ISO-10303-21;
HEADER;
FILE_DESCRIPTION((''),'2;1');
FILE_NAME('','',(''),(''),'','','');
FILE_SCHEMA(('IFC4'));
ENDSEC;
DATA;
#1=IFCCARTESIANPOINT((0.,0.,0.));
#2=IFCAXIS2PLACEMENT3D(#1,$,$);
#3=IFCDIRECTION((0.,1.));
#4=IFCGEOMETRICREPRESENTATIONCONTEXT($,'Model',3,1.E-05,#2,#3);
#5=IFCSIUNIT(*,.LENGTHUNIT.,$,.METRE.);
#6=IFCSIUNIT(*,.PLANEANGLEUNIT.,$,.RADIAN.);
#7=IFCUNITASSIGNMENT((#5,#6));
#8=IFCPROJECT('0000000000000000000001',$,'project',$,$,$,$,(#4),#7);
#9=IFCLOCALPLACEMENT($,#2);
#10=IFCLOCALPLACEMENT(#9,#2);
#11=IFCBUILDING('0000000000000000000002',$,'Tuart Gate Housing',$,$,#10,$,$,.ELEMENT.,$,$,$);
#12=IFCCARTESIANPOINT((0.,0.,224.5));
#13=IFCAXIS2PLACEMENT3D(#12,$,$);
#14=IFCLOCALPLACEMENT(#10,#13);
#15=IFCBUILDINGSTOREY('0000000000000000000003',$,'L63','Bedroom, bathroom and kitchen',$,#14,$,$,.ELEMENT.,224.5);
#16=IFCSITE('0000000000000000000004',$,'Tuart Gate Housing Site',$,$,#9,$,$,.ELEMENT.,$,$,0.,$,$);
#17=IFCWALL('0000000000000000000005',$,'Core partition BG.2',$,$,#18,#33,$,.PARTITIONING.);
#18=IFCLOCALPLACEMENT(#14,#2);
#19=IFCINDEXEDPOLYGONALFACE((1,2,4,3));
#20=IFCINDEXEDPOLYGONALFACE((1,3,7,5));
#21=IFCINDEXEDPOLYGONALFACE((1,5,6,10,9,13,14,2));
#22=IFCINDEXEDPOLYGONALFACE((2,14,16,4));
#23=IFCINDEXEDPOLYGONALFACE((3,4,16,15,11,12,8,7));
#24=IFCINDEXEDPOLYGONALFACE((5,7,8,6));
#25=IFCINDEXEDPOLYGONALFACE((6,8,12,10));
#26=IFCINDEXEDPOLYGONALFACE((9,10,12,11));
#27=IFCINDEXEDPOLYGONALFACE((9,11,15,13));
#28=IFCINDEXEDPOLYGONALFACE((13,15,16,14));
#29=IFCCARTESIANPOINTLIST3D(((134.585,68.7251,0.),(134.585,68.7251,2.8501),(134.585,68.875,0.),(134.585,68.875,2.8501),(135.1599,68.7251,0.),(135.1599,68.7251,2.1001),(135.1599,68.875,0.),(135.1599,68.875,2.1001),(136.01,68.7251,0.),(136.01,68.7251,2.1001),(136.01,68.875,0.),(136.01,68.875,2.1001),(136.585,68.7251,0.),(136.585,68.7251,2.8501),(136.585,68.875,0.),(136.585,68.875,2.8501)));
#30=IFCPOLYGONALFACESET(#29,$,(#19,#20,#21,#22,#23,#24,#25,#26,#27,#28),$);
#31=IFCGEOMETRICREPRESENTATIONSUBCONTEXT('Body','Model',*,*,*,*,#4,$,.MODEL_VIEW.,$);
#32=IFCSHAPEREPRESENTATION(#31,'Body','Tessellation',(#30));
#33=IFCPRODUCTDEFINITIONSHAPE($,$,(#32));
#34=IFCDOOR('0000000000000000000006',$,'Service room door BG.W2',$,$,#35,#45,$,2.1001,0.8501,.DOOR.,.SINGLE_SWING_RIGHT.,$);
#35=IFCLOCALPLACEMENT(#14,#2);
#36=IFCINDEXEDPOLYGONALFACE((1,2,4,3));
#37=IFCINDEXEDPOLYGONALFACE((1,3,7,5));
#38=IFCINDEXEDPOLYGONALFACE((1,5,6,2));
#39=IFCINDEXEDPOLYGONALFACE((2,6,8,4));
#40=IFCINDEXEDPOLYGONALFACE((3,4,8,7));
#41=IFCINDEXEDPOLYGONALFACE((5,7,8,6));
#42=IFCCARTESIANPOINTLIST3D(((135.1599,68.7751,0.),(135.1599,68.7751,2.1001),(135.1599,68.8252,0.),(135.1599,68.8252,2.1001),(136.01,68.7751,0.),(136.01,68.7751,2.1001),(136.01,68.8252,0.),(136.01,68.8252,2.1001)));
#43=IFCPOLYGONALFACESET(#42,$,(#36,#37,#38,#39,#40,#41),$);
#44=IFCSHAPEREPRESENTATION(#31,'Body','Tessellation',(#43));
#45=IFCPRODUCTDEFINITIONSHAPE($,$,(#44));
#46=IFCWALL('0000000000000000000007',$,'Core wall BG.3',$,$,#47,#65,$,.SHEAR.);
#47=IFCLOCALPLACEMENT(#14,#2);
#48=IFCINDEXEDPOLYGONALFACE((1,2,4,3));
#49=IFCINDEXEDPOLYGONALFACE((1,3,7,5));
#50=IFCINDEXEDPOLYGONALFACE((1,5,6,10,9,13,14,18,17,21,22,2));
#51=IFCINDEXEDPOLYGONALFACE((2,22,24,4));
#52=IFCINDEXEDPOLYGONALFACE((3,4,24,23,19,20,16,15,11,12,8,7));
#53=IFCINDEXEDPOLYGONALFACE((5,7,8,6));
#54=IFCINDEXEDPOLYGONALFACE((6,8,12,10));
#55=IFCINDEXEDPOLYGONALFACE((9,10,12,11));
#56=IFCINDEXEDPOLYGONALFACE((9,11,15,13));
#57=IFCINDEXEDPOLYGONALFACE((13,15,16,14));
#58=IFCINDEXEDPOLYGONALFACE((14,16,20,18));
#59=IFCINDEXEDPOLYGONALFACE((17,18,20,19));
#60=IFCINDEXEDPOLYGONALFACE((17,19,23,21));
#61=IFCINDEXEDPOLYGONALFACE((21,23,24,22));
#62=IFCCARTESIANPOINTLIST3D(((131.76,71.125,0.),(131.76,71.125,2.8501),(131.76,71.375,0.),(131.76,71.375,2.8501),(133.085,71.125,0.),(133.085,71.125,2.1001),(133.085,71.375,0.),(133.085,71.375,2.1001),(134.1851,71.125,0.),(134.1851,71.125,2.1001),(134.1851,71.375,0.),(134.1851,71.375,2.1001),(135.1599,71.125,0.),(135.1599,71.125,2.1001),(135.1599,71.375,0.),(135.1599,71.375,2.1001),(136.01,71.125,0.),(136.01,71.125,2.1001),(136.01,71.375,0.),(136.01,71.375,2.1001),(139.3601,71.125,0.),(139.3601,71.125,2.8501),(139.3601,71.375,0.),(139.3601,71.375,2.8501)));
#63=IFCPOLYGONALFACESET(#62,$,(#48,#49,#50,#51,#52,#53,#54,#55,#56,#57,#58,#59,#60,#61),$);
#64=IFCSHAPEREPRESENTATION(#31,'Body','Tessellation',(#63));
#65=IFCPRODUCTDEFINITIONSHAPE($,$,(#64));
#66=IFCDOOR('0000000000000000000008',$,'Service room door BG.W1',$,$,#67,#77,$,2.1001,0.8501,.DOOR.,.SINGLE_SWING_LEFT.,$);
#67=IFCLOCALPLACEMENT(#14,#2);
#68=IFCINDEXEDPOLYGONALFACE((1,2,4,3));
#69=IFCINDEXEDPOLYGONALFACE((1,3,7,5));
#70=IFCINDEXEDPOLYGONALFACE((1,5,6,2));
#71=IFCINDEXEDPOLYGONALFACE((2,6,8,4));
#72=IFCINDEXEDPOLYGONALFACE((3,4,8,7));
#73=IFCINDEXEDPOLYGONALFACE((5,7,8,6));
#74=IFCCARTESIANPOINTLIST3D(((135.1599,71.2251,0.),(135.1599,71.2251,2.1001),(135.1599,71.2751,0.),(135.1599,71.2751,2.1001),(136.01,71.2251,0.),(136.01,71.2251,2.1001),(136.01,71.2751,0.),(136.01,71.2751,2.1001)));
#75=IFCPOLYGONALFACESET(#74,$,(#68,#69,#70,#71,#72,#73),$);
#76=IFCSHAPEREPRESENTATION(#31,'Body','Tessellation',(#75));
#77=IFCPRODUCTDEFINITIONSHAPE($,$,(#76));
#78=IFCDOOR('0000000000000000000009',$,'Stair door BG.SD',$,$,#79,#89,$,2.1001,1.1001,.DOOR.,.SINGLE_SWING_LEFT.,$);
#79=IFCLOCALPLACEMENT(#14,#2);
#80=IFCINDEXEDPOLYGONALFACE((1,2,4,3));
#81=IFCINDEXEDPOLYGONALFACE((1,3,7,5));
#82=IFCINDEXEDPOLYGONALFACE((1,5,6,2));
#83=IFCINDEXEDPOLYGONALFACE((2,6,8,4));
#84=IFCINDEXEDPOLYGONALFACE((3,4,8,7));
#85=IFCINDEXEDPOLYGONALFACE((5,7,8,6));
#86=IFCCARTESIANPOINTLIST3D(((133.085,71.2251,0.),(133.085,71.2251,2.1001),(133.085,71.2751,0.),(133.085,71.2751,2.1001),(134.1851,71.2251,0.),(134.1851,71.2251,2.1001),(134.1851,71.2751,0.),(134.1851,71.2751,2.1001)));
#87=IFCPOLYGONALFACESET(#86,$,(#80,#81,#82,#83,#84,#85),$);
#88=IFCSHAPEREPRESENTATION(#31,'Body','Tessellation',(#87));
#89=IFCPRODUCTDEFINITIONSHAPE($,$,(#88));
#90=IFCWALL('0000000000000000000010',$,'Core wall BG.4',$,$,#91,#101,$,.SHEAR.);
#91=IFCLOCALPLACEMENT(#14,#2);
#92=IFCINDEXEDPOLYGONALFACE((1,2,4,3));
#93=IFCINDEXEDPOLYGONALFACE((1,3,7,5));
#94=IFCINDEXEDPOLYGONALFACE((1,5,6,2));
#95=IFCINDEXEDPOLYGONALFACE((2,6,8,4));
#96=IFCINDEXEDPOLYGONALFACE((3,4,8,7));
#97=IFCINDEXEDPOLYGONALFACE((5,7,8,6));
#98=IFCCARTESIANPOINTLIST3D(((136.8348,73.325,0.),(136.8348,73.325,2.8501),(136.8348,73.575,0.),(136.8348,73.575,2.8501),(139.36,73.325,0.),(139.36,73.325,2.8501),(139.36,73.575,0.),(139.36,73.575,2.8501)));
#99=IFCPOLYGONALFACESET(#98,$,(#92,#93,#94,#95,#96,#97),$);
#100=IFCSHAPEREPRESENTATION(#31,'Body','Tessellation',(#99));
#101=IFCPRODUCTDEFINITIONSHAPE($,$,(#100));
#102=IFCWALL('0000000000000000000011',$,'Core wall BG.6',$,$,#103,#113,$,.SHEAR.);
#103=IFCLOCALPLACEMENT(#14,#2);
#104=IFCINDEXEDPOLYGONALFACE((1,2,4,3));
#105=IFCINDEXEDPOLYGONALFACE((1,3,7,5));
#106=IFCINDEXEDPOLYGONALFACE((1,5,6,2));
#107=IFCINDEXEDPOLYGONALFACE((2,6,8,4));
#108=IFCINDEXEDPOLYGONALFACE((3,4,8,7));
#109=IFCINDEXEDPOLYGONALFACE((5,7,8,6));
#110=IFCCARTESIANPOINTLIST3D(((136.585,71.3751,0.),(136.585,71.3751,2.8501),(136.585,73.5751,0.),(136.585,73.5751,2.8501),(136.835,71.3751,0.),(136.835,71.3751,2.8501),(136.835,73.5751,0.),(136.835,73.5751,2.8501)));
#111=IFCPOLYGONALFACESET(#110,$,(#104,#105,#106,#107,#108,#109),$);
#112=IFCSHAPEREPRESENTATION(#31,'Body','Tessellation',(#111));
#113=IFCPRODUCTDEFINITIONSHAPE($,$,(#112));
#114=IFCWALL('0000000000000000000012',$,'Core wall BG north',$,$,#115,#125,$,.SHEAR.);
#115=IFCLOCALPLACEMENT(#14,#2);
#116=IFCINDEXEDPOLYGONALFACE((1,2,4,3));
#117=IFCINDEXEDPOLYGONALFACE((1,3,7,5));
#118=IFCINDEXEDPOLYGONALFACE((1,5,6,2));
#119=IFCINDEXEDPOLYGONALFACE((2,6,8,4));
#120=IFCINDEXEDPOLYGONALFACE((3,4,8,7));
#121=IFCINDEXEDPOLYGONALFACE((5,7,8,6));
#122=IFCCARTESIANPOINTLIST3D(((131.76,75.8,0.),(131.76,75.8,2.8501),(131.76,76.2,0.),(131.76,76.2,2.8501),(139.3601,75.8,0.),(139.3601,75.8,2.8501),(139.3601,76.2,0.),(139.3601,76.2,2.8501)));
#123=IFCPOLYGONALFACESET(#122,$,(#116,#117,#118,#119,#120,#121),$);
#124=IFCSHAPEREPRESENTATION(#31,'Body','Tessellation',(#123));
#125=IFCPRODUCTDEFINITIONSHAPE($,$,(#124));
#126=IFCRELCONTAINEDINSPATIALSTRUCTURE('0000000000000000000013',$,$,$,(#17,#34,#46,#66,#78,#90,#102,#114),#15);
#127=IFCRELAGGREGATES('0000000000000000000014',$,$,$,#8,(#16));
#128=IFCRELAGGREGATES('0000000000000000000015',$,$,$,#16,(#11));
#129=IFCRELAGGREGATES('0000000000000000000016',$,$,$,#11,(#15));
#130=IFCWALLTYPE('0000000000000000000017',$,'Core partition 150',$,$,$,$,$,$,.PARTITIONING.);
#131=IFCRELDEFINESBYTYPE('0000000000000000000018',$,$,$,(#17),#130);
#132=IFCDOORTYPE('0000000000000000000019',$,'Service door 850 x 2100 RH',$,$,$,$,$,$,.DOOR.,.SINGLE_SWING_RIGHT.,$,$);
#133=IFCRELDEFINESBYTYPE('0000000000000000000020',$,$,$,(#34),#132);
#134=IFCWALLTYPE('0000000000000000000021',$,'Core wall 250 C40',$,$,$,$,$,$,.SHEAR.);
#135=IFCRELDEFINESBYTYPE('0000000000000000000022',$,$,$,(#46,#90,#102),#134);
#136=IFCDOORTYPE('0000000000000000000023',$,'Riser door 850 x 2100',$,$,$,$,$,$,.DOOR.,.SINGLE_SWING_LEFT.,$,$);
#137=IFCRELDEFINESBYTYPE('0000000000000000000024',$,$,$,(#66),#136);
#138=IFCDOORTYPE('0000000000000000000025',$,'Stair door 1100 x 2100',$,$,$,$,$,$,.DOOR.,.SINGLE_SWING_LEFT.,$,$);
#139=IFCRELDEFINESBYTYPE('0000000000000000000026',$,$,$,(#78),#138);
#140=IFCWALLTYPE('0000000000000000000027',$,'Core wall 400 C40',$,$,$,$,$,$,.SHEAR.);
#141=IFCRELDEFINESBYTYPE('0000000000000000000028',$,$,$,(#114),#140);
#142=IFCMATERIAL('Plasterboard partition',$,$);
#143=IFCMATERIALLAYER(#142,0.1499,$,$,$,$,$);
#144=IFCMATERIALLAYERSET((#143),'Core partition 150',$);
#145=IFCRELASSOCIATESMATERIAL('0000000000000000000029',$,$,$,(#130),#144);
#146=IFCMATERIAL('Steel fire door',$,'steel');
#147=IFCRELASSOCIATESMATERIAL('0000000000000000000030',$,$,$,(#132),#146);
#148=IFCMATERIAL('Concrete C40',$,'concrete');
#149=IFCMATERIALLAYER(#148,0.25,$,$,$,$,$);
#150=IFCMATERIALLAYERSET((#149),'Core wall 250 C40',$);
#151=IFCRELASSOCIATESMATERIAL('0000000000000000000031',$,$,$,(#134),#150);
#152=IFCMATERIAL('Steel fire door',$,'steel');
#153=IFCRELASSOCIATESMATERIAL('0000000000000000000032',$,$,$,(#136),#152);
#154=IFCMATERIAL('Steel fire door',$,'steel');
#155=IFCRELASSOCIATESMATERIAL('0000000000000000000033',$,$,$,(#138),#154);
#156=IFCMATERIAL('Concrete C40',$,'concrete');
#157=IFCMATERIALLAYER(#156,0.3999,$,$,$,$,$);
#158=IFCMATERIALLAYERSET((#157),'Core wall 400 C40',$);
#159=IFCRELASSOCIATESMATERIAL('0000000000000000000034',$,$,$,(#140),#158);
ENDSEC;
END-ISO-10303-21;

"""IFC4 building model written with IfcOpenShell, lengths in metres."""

from ifc_helpers import new_model, si_unit, direction, frame, frame_2d, origin, place, context, subcontext, project, spatial, rectangle, extrude, material, layer, layer_set, type_object, element, fill, save


model = new_model("IFC4")

# Units and contexts
model_context = context("Model", 3, precision=1e-05, world=origin(), true_north=direction((0.0, 1.0)))
body_context = subcontext(model_context, "Body", "Model", "MODEL_VIEW")
ifc_project = project(units=[si_unit("LENGTHUNIT", "METRE"), si_unit("PLANEANGLEUNIT", "RADIAN")], contexts=[model_context])

# Site, building, storey
site_placement = place(None, origin())
site = spatial("IfcSite", under=ifc_project, at=site_placement, Name="Tuart Gate Housing Site", CompositionType="ELEMENT", RefElevation=0.0)
building_placement = place(site_placement, origin())
building = spatial("IfcBuilding", under=site, at=building_placement, Name="Tuart Gate Housing", CompositionType="ELEMENT")
storey_placement = place(building_placement, frame((0.0, 0.0, 224.5)))
storey = spatial("IfcBuildingStorey", under=building, at=storey_placement, Name="L63", Description="Bedroom, bathroom and kitchen", CompositionType="ELEMENT", Elevation=224.5)

# Wall, opening, door
ifc_material_1 = material(Name="Plasterboard partition")
ifc_layer_1 = layer(ifc_material_1, 0.1499)
ifc_layer_set_1 = layer_set([ifc_layer_1], Name="Core partition 150")
wall_type_1 = type_object("IfcWallType", Name="Core partition 150", PredefinedType="PARTITIONING", material=ifc_layer_set_1)
wall_1_placement = place(storey_placement, frame((136.585, 68.8, 0.0), z_axis=(0.0, 0.0, 1.0), x_axis=(-1.0, 0.0, 0.0)))
wall_1 = element("IfcWall", 1, at=wall_1_placement, inside=storey, type_object=wall_type_1, Name="Core partition BG.2", PredefinedType="PARTITIONING", context=body_context, shape_type="SweptSolid", body=[
    extrude(rectangle(XDim=2.0, YDim=0.1499, at=frame_2d((1.0, 0.0))), origin(), (0.0, 0.0, 1.0), 2.8501),
])
opening_1_placement = place(wall_1_placement, frame((0.575, 0.0, 0.0)))
opening_1 = element("IfcOpeningElement", 2, at=opening_1_placement, cuts=wall_1, PredefinedType="OPENING", context=body_context, shape_type="SweptSolid", body=[
    extrude(rectangle(XDim=0.8501, YDim=2.1001, at=frame_2d((0.425, 1.05))), frame((0.0, 0.085, 0.0), z_axis=(0.0, -1.0, 0.0), x_axis=(1.0, 0.0, 0.0)), (0.0, 0.0, 1.0), 0.1699),
])
ifc_material_2 = material(Name="Steel fire door", Category="steel")
door_type_1 = type_object("IfcDoorType", Name="Service door 850 x 2100 RH", OperationType="SINGLE_SWING_RIGHT", PredefinedType="DOOR", material=ifc_material_2)
door_1_placement = place(opening_1_placement, frame((0.8501, 0.0, 0.0), z_axis=(0.0, 0.0, 1.0), x_axis=(-1.0, 0.0, 0.0)))
door_1 = element("IfcDoor", 3, at=door_1_placement, inside=storey, type_object=door_type_1, Name="Service room door BG.W2", OperationType="SINGLE_SWING_RIGHT", OverallHeight=2.1001, OverallWidth=0.8501, PredefinedType="DOOR", context=body_context, shape_type="SweptSolid", body=[
    extrude(rectangle(XDim=0.8501, YDim=2.1001, at=frame_2d((0.425, 1.05))), frame((0.0, 0.0251, 0.0), z_axis=(0.0, -1.0, 0.0), x_axis=(1.0, 0.0, 0.0)), (0.0, 0.0, 1.0), 0.05),
])
fill(opening_1, door_1)

# Wall, openings, doors
ifc_material_3 = material(Name="Concrete C40", Category="concrete")
ifc_layer_2 = layer(ifc_material_3, 0.25)
ifc_layer_set_2 = layer_set([ifc_layer_2], Name="Core wall 250 C40")
wall_type_2 = type_object("IfcWallType", Name="Core wall 250 C40", PredefinedType="SHEAR", material=ifc_layer_set_2)
wall_2_placement = place(storey_placement, frame((139.3601, 71.25, 0.0), z_axis=(0.0, 0.0, 1.0), x_axis=(-1.0, 0.0, 0.0)))
wall_2 = element("IfcWall", 4, at=wall_2_placement, inside=storey, type_object=wall_type_2, Name="Core wall BG.3", PredefinedType="SHEAR", context=body_context, shape_type="SweptSolid", body=[
    extrude(rectangle(XDim=7.6001, YDim=0.25, at=frame_2d((3.8, 0.0))), origin(), (0.0, 0.0, 1.0), 2.8501),
])
opening_2_placement = place(wall_2_placement, frame((5.175, 0.0, 0.0)))
opening_2 = element("IfcOpeningElement", 5, at=opening_2_placement, cuts=wall_2, PredefinedType="OPENING", context=body_context, shape_type="SweptSolid", body=[
    extrude(rectangle(XDim=1.1001, YDim=2.1001, at=frame_2d((0.55, 1.05))), frame((0.0, 0.135, 0.0), z_axis=(0.0, -1.0, 0.0), x_axis=(1.0, 0.0, 0.0)), (0.0, 0.0, 1.0), 0.27),
])
opening_3_placement = place(wall_2_placement, frame((3.3501, 0.0, 0.0)))
opening_3 = element("IfcOpeningElement", 6, at=opening_3_placement, cuts=wall_2, PredefinedType="OPENING", context=body_context, shape_type="SweptSolid", body=[
    extrude(rectangle(XDim=0.8501, YDim=2.1001, at=frame_2d((0.425, 1.05))), frame((0.0, 0.135, 0.0), z_axis=(0.0, -1.0, 0.0), x_axis=(1.0, 0.0, 0.0)), (0.0, 0.0, 1.0), 0.27),
])
ifc_material_4 = material(Name="Steel fire door", Category="steel")
door_type_2 = type_object("IfcDoorType", Name="Riser door 850 x 2100", OperationType="SINGLE_SWING_LEFT", PredefinedType="DOOR", material=ifc_material_4)
door_2_placement = place(opening_3_placement, origin())
door_2 = element("IfcDoor", 7, at=door_2_placement, inside=storey, type_object=door_type_2, Name="Service room door BG.W1", OperationType="SINGLE_SWING_LEFT", OverallHeight=2.1001, OverallWidth=0.8501, PredefinedType="DOOR", context=body_context, shape_type="SweptSolid", body=[
    extrude(rectangle(XDim=0.8501, YDim=2.1001, at=frame_2d((0.425, 1.05))), frame((0.0, 0.0249, 0.0), z_axis=(0.0, -1.0, 0.0), x_axis=(1.0, 0.0, 0.0)), (0.0, 0.0, 1.0), 0.05),
])
fill(opening_3, door_2)
ifc_material_5 = material(Name="Steel fire door", Category="steel")
door_type_3 = type_object("IfcDoorType", Name="Stair door 1100 x 2100", OperationType="SINGLE_SWING_LEFT", PredefinedType="DOOR", material=ifc_material_5)
door_3_placement = place(opening_2_placement, origin())
door_3 = element("IfcDoor", 8, at=door_3_placement, inside=storey, type_object=door_type_3, Name="Stair door BG.SD", OperationType="SINGLE_SWING_LEFT", OverallHeight=2.1001, OverallWidth=1.1001, PredefinedType="DOOR", context=body_context, shape_type="SweptSolid", body=[
    extrude(rectangle(XDim=1.1001, YDim=2.1001, at=frame_2d((0.55, 1.05))), frame((0.0, 0.0249, 0.0), z_axis=(0.0, -1.0, 0.0), x_axis=(1.0, 0.0, 0.0)), (0.0, 0.0, 1.0), 0.05),
])
fill(opening_2, door_3)

# Walls
wall_3_placement = place(storey_placement, frame((139.3601, 73.45, 0.0), z_axis=(0.0, 0.0, 1.0), x_axis=(-1.0, 0.0, 0.0)))
element("IfcWall", 9, at=wall_3_placement, inside=storey, type_object=wall_type_2, Name="Core wall BG.4", PredefinedType="SHEAR", context=body_context, shape_type="SweptSolid", body=[
    extrude(rectangle(XDim=2.5251, YDim=0.25, at=frame_2d((1.2627, 0.0))), origin(), (0.0, 0.0, 1.0), 2.8501),
])
wall_4_placement = place(storey_placement, frame((136.71, 71.375, 0.0), z_axis=(0.0, 0.0, 1.0), x_axis=(0.0, 1.0, 0.0)))
element("IfcWall", 10, at=wall_4_placement, inside=storey, type_object=wall_type_2, Name="Core wall BG.6", PredefinedType="SHEAR", context=body_context, shape_type="SweptSolid", body=[
    extrude(rectangle(XDim=2.2, YDim=0.25, at=frame_2d((1.1001, 0.0))), origin(), (0.0, 0.0, 1.0), 2.8501),
])
ifc_material_6 = material(Name="Concrete C40", Category="concrete")
ifc_layer_3 = layer(ifc_material_6, 0.3999)
ifc_layer_set_3 = layer_set([ifc_layer_3], Name="Core wall 400 C40")
wall_type_3 = type_object("IfcWallType", Name="Core wall 400 C40", PredefinedType="SHEAR", material=ifc_layer_set_3)
wall_5_placement = place(storey_placement, frame((139.3601, 76.0, 0.0), z_axis=(0.0, 0.0, 1.0), x_axis=(-1.0, 0.0, 0.0)))
element("IfcWall", 11, at=wall_5_placement, inside=storey, type_object=wall_type_3, Name="Core wall BG north", PredefinedType="SHEAR", context=body_context, shape_type="SweptSolid", body=[
    extrude(rectangle(XDim=7.6001, YDim=0.3999, at=frame_2d((3.8, 0.0))), origin(), (0.0, 0.0, 1.0), 2.8501),
])

save(model, "model.ifc")
